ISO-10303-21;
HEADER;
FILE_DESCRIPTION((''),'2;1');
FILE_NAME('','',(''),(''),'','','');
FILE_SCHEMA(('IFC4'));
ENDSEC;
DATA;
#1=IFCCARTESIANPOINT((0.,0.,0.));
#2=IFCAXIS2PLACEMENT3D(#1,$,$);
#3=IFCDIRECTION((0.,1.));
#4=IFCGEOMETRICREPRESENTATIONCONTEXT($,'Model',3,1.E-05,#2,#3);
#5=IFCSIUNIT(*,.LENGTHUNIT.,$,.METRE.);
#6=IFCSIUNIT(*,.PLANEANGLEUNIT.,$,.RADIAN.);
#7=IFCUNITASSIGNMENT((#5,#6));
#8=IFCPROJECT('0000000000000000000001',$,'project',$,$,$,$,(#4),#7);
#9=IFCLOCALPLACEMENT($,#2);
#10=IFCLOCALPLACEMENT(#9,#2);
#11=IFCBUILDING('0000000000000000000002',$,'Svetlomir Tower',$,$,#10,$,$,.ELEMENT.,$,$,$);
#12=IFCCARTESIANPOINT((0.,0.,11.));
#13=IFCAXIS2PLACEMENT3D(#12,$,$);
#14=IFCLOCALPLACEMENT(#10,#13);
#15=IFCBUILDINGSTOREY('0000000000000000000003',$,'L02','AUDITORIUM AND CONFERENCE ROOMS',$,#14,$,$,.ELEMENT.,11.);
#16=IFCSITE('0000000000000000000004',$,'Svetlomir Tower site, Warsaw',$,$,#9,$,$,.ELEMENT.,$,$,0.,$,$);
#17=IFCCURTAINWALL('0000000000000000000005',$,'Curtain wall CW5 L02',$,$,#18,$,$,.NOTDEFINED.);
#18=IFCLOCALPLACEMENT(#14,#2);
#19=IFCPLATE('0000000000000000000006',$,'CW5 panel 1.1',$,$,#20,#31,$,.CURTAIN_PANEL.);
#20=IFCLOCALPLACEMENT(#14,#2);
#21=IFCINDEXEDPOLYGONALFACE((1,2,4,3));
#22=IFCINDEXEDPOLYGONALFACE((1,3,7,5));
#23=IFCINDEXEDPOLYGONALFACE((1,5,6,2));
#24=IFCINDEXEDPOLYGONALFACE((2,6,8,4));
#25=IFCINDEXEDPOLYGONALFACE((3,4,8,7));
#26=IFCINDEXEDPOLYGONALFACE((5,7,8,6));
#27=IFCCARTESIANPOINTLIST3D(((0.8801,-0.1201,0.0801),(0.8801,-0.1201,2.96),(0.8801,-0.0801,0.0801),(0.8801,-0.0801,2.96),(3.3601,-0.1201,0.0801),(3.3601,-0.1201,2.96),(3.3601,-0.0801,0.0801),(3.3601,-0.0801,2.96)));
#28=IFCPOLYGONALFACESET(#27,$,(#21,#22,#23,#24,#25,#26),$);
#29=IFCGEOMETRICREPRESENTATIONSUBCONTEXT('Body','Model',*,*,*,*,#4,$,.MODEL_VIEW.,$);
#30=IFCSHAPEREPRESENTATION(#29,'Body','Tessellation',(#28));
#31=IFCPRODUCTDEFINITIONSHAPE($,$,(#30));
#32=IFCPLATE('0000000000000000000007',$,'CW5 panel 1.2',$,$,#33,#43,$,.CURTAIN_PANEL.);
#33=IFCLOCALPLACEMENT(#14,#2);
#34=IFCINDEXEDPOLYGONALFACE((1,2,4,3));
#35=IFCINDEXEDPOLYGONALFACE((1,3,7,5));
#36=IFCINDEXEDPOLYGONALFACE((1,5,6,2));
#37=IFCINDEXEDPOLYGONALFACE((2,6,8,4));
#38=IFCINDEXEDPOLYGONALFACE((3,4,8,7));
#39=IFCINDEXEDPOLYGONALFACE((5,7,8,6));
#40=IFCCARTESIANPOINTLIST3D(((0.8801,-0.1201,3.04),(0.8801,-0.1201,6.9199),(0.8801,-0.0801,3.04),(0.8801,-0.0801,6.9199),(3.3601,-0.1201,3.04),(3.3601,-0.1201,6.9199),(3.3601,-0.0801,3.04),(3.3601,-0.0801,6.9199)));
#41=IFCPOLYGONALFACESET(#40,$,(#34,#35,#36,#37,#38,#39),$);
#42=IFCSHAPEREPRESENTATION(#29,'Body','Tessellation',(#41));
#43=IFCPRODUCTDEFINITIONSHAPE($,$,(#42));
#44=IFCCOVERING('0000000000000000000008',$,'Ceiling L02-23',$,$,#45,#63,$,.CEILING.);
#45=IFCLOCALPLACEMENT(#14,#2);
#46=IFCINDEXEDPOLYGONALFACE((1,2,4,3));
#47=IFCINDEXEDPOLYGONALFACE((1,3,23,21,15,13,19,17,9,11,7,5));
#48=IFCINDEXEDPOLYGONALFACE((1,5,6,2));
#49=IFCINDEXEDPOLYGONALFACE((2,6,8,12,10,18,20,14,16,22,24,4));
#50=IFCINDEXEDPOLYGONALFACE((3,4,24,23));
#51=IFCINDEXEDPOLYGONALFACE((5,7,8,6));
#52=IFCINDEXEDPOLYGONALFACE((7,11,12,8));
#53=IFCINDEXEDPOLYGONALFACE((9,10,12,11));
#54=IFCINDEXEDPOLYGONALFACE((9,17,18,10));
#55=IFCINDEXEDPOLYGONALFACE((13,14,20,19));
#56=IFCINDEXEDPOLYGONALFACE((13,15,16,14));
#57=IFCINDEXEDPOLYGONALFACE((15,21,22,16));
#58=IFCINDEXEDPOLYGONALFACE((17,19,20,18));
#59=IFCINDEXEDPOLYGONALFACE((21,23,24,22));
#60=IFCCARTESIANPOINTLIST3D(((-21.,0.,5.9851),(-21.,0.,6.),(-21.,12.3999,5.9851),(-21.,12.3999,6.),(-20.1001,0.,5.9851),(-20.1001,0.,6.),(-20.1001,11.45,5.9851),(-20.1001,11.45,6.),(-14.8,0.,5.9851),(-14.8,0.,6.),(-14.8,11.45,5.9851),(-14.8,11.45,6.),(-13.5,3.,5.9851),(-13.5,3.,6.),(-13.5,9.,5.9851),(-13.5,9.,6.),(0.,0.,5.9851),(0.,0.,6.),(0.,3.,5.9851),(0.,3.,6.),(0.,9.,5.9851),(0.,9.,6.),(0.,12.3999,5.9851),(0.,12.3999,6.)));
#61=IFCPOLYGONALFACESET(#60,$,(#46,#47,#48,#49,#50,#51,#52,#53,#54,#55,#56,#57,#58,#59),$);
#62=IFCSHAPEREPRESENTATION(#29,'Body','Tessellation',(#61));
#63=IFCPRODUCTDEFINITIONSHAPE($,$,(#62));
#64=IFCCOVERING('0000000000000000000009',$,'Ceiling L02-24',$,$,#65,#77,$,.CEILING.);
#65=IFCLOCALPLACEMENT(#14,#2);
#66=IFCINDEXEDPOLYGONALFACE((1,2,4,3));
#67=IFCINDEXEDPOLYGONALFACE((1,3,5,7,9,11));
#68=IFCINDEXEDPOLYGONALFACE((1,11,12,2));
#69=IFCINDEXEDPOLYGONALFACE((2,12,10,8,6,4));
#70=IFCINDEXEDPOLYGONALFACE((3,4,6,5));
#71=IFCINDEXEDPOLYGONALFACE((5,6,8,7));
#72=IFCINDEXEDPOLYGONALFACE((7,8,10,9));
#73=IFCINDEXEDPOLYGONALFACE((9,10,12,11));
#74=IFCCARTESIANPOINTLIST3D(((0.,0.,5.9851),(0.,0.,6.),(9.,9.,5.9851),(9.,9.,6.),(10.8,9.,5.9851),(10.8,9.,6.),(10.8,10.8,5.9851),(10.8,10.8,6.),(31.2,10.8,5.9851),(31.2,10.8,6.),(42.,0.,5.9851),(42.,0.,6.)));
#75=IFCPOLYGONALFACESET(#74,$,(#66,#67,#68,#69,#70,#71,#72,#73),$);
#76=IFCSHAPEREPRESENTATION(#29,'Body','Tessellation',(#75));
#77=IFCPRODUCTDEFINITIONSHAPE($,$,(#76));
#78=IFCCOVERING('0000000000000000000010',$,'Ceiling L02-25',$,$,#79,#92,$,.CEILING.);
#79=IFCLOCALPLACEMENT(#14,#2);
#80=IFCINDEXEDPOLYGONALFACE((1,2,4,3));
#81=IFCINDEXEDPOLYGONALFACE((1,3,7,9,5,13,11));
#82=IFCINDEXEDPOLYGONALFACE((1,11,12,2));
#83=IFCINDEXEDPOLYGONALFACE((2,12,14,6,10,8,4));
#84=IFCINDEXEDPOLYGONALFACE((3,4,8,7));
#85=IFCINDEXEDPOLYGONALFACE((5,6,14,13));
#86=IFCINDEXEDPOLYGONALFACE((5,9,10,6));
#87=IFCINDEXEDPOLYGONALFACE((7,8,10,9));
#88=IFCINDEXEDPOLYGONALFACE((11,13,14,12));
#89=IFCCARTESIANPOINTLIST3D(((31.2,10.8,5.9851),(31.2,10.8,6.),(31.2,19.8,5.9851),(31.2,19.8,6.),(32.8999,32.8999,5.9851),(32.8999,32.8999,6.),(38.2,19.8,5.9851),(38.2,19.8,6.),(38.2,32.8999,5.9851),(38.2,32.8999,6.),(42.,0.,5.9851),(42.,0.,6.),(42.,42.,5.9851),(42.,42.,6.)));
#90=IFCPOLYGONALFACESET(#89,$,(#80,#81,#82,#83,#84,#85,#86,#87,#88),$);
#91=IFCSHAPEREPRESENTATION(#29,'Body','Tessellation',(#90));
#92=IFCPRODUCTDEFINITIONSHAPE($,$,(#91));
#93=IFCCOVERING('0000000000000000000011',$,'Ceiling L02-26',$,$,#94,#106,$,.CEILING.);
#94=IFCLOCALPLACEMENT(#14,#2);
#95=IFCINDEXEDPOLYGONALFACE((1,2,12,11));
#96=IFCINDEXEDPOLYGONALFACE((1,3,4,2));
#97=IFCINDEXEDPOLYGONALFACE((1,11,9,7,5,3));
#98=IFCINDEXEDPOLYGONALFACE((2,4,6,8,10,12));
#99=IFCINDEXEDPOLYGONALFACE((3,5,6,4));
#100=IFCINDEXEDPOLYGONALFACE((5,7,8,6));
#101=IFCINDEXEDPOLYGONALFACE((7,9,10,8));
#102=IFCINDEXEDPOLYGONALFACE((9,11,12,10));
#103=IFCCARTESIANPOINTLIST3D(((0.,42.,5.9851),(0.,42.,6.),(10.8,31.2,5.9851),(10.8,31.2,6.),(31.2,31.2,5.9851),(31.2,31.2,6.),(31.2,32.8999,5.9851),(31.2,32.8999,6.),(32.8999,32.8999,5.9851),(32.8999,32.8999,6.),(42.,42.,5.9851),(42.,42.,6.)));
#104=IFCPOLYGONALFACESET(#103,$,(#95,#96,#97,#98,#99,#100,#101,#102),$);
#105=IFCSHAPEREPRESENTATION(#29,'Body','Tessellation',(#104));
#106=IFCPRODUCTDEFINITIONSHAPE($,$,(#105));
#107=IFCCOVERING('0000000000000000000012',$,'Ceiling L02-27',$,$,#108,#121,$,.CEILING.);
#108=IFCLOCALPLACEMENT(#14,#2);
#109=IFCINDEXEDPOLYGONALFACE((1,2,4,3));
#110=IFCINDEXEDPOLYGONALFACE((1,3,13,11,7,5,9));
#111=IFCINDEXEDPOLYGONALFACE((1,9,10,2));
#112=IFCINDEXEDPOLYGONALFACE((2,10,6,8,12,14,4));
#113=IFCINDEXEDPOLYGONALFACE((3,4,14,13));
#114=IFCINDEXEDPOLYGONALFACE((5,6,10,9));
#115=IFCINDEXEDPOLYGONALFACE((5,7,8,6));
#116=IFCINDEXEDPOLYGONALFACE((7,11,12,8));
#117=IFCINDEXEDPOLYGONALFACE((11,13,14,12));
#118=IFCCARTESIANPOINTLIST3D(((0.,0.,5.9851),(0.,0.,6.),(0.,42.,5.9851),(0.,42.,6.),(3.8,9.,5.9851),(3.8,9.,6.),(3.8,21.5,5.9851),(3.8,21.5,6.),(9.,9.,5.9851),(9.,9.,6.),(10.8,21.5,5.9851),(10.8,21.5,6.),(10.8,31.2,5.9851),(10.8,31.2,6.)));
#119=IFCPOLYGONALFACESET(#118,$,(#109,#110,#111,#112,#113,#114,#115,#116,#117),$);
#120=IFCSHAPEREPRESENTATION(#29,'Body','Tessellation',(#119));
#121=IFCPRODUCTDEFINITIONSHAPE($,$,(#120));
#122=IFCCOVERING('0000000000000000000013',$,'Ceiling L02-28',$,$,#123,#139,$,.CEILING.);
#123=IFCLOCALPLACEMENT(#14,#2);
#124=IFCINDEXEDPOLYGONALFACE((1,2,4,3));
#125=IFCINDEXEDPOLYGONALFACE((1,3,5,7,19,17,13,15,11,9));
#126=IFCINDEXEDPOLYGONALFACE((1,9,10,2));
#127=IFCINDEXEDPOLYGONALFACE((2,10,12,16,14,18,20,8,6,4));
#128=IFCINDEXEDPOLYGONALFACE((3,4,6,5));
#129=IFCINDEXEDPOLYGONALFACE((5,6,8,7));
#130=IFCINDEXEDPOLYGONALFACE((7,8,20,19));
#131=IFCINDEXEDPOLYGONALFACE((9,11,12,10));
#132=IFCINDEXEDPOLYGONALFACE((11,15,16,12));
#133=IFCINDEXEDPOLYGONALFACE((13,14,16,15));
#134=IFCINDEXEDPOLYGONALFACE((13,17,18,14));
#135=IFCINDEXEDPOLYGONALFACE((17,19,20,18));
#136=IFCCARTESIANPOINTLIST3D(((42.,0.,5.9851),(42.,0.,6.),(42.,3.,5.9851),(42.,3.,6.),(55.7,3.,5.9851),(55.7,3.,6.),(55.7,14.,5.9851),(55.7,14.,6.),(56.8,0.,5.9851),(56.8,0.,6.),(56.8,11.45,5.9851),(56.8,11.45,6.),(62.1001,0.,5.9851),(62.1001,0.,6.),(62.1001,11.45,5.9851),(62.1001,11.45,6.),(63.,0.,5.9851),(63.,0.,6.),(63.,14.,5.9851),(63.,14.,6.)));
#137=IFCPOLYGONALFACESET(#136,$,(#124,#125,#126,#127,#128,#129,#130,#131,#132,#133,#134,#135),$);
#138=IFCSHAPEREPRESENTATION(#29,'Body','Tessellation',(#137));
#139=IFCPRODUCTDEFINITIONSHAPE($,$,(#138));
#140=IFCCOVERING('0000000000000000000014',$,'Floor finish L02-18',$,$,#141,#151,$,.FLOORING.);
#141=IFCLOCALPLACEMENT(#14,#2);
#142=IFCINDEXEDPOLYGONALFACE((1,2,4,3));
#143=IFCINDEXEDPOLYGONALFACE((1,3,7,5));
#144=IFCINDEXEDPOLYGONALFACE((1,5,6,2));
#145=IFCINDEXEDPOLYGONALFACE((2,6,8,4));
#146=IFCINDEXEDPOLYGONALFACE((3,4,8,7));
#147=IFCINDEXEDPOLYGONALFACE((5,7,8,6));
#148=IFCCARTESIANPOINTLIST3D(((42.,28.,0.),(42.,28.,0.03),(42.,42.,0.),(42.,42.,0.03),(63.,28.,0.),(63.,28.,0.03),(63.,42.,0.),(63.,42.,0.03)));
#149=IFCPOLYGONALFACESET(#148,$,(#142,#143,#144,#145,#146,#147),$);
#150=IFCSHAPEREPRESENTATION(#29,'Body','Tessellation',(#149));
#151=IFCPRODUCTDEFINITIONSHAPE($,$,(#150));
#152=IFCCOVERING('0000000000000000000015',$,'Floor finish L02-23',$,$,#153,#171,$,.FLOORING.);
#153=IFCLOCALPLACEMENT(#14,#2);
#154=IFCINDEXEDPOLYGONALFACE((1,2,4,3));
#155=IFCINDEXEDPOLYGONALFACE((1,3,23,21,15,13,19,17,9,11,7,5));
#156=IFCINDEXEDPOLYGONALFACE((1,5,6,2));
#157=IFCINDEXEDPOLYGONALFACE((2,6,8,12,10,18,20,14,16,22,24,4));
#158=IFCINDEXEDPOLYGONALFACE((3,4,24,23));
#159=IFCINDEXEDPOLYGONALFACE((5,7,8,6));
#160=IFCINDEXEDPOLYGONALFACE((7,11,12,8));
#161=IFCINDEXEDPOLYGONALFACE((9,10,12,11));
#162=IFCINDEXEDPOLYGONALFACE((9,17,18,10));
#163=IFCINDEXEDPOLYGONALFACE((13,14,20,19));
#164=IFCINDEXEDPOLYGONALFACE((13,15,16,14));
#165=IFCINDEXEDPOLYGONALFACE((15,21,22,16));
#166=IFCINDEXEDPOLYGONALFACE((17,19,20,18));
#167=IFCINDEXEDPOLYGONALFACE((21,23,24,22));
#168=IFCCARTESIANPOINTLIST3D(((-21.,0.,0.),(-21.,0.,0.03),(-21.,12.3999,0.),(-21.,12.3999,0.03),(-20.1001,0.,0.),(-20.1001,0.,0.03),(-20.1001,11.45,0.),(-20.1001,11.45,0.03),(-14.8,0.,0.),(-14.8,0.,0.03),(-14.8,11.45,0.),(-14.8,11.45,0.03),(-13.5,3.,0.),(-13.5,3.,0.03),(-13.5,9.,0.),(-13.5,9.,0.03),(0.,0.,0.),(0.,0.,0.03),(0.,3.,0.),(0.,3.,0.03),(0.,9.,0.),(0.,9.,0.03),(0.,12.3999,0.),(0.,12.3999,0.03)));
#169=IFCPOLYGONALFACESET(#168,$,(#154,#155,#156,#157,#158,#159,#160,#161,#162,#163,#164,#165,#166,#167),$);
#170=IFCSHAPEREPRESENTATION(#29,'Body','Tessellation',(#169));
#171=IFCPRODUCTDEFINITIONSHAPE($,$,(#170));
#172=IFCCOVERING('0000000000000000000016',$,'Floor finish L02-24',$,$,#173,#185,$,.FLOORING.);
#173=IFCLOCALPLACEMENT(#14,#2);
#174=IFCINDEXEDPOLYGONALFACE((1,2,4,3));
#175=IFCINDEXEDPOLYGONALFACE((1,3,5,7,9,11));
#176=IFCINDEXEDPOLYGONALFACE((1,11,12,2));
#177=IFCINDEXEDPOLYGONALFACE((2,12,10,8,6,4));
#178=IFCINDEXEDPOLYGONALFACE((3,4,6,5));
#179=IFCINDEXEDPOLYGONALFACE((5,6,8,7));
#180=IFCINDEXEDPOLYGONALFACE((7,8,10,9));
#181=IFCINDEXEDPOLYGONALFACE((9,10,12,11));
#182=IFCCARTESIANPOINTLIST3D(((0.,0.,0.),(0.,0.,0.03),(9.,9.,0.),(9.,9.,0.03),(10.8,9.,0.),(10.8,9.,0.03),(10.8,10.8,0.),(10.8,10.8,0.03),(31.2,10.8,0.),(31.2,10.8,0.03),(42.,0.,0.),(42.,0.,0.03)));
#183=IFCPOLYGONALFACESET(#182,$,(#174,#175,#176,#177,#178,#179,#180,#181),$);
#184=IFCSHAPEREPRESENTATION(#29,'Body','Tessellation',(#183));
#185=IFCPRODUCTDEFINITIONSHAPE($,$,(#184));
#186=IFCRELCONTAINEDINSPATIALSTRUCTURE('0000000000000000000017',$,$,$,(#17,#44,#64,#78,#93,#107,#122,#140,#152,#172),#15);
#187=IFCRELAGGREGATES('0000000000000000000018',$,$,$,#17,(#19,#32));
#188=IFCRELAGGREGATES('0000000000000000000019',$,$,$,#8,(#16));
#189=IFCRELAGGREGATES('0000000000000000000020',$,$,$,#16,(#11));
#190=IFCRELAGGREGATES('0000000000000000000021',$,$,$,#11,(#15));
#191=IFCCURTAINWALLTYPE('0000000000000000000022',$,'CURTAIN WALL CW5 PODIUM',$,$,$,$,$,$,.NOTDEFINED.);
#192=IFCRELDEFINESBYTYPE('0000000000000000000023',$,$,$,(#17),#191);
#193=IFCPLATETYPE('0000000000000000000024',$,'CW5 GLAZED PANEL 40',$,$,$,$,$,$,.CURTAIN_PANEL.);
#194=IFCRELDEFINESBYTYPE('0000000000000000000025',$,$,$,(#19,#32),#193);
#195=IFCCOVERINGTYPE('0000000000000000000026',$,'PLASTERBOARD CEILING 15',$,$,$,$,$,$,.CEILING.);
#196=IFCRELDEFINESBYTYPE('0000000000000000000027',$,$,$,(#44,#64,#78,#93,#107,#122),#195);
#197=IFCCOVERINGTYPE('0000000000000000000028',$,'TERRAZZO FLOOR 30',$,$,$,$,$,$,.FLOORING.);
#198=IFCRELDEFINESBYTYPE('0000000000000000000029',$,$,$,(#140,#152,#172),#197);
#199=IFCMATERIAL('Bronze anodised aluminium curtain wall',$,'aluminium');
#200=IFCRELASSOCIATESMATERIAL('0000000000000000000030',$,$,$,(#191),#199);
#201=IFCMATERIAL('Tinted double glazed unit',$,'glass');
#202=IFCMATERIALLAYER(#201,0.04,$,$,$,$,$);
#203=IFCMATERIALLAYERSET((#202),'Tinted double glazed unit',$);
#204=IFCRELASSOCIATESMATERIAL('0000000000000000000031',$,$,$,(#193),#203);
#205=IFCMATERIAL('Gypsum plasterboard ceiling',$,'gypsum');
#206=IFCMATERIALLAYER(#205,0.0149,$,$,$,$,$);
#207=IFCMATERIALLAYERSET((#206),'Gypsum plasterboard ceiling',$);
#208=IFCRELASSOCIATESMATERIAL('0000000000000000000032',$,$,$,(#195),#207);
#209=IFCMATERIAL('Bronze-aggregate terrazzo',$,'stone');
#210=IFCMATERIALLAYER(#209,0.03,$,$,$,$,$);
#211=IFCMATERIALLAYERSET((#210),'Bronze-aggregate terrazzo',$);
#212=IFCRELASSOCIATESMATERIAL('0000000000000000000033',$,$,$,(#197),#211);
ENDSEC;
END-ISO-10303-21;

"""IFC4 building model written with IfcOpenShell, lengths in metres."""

from ifc_helpers import new_model, si_unit, direction, frame, origin, origin_2d, place, context, subcontext, project, spatial, polyline, rectangle, outline, extrude, material, layer, layer_set, type_object, element, aggregate, save


model = new_model("IFC4")

# Units and contexts
model_context = context("Model", 3, precision=1e-05, world=origin(), true_north=direction((0.0, 1.0)))
body_context = subcontext(model_context, "Body", "Model", "MODEL_VIEW")
ifc_project = project(units=[si_unit("LENGTHUNIT", "METRE"), si_unit("PLANEANGLEUNIT", "RADIAN")], contexts=[model_context])

# Site, building, storey
site_placement = place(None, origin())
site = spatial("IfcSite", under=ifc_project, at=site_placement, Name="Svetlomir Tower site, Warsaw", CompositionType="ELEMENT", RefElevation=0.0)
building_placement = place(site_placement, origin())
building = spatial("IfcBuilding", under=site, at=building_placement, Name="Svetlomir Tower", CompositionType="ELEMENT")
storey_placement = place(building_placement, frame((0.0, 0.0, 11.0)))
storey = spatial("IfcBuildingStorey", under=building, at=storey_placement, Name="L02", Description="AUDITORIUM AND CONFERENCE ROOMS", CompositionType="ELEMENT", Elevation=11.0)

# Curtain wall
ifc_material_1 = material(Name="Bronze anodised aluminium curtain wall", Category="aluminium")
curtain_wall_type = type_object("IfcCurtainWallType", Name="CURTAIN WALL CW5 PODIUM", PredefinedType="NOTDEFINED", material=ifc_material_1)
curtain_wall_placement = place(storey_placement, origin())
curtain_wall = element("IfcCurtainWall", 1, at=curtain_wall_placement, inside=storey, type_object=curtain_wall_type, Name="Curtain wall CW5 L02", PredefinedType="NOTDEFINED")

# Plates
ifc_material_2 = material(Name="Tinted double glazed unit", Category="glass")
ifc_layer_1 = layer(ifc_material_2, 0.04)
ifc_layer_set_1 = layer_set([ifc_layer_1], Name="Tinted double glazed unit")
plate_type = type_object("IfcPlateType", Name="CW5 GLAZED PANEL 40", PredefinedType="CURTAIN_PANEL", material=ifc_layer_set_1)
plate_1_placement = place(storey_placement, frame((2.1201, -0.1001, 0.0801), z_axis=(0.0, 0.0, 1.0), x_axis=(1.0, 0.0, 0.0)))
plate_1 = element("IfcPlate", 2, at=plate_1_placement, type_object=plate_type, Name="CW5 panel 1.1", PredefinedType="CURTAIN_PANEL", context=body_context, shape_type="SweptSolid", body=[
    extrude(rectangle(XDim=2.48, YDim=0.04, at=origin_2d()), origin(), (0.0, 0.0, 1.0), 2.8799),
])
plate_2_placement = place(storey_placement, frame((2.1201, -0.1001, 3.04), z_axis=(0.0, 0.0, 1.0), x_axis=(1.0, 0.0, 0.0)))
plate_2 = element("IfcPlate", 3, at=plate_2_placement, type_object=plate_type, Name="CW5 panel 1.2", PredefinedType="CURTAIN_PANEL", context=body_context, shape_type="SweptSolid", body=[
    extrude(rectangle(XDim=2.48, YDim=0.04, at=origin_2d()), origin(), (0.0, 0.0, 1.0), 3.8799),
])
aggregate(curtain_wall, [plate_1, plate_2])

# Coverings
ifc_material_3 = material(Name="Gypsum plasterboard ceiling", Category="gypsum")
ifc_layer_2 = layer(ifc_material_3, 0.0149)
ifc_layer_set_2 = layer_set([ifc_layer_2], Name="Gypsum plasterboard ceiling")
covering_type_1 = type_object("IfcCoveringType", Name="PLASTERBOARD CEILING 15", PredefinedType="CEILING", material=ifc_layer_set_2)
covering_1_placement = place(storey_placement, frame((0.0, 0.0, 5.9851)))
element("IfcCovering", 4, at=covering_1_placement, inside=storey, type_object=covering_type_1, Name="Ceiling L02-23", PredefinedType="CEILING", context=body_context, shape_type="SweptSolid", body=[
    extrude(outline(polyline([(-21.0, 0.0), (-21.0, 12.3999), (0.0, 12.3999), (0.0, 9.0), (-13.5, 9.0), (-13.5, 3.0), (0.0, 3.0), (0.0, 0.0), (-14.8, 0.0), (-14.8, 11.45), (-20.1001, 11.45), (-20.1001, 0.0), (-21.0, 0.0)])), origin(), (0.0, 0.0, 1.0), 0.0149),
])
covering_2_placement = place(storey_placement, frame((0.0, 0.0, 5.9851)))
element("IfcCovering", 5, at=covering_2_placement, inside=storey, type_object=covering_type_1, Name="Ceiling L02-24", PredefinedType="CEILING", context=body_context, shape_type="SweptSolid", body=[
    extrude(outline(polyline([(0.0, 0.0), (9.0, 9.0), (10.8, 9.0), (10.8, 10.8), (31.2, 10.8), (42.0, 0.0), (0.0, 0.0)])), origin(), (0.0, 0.0, 1.0), 0.0149),
])
covering_3_placement = place(storey_placement, frame((0.0, 0.0, 5.9851)))
element("IfcCovering", 6, at=covering_3_placement, inside=storey, type_object=covering_type_1, Name="Ceiling L02-25", PredefinedType="CEILING", context=body_context, shape_type="SweptSolid", body=[
    extrude(outline(polyline([(42.0, 0.0), (31.2, 10.8), (31.2, 19.8), (38.2, 19.8), (38.2, 32.8999), (32.8999, 32.8999), (42.0, 42.0), (42.0, 0.0)])), origin(), (0.0, 0.0, 1.0), 0.0149),
])
covering_4_placement = place(storey_placement, frame((0.0, 0.0, 5.9851)))
element("IfcCovering", 7, at=covering_4_placement, inside=storey, type_object=covering_type_1, Name="Ceiling L02-26", PredefinedType="CEILING", context=body_context, shape_type="SweptSolid", body=[
    extrude(outline(polyline([(42.0, 42.0), (32.8999, 32.8999), (31.2, 32.8999), (31.2, 31.2), (10.8, 31.2), (0.0, 42.0), (42.0, 42.0)])), origin(), (0.0, 0.0, 1.0), 0.0149),
])
covering_5_placement = place(storey_placement, frame((0.0, 0.0, 5.9851)))
element("IfcCovering", 8, at=covering_5_placement, inside=storey, type_object=covering_type_1, Name="Ceiling L02-27", PredefinedType="CEILING", context=body_context, shape_type="SweptSolid", body=[
    extrude(outline(polyline([(0.0, 42.0), (10.8, 31.2), (10.8, 21.5), (3.8, 21.5), (3.8, 9.0), (9.0, 9.0), (0.0, 0.0), (0.0, 42.0)])), origin(), (0.0, 0.0, 1.0), 0.0149),
])
covering_6_placement = place(storey_placement, frame((0.0, 0.0, 5.9851)))
element("IfcCovering", 9, at=covering_6_placement, inside=storey, type_object=covering_type_1, Name="Ceiling L02-28", PredefinedType="CEILING", context=body_context, shape_type="SweptSolid", body=[
    extrude(outline(polyline([(42.0, 3.0), (55.7, 3.0), (55.7, 14.0), (63.0, 14.0), (63.0, 0.0), (62.1001, 0.0), (62.1001, 11.45), (56.8, 11.45), (56.8, 0.0), (42.0, 0.0), (42.0, 3.0)])), origin(), (0.0, 0.0, 1.0), 0.0149),
])
ifc_material_4 = material(Name="Bronze-aggregate terrazzo", Category="stone")
ifc_layer_3 = layer(ifc_material_4, 0.03)
ifc_layer_set_3 = layer_set([ifc_layer_3], Name="Bronze-aggregate terrazzo")
covering_type_2 = type_object("IfcCoveringType", Name="TERRAZZO FLOOR 30", PredefinedType="FLOORING", material=ifc_layer_set_3)
covering_7_placement = place(storey_placement, origin())
element("IfcCovering", 10, at=covering_7_placement, inside=storey, type_object=covering_type_2, Name="Floor finish L02-18", PredefinedType="FLOORING", context=body_context, shape_type="SweptSolid", body=[
    extrude(outline(polyline([(42.0, 28.0), (63.0, 28.0), (63.0, 42.0), (42.0, 42.0), (42.0, 28.0)])), origin(), (0.0, 0.0, 1.0), 0.03),
])
covering_8_placement = place(storey_placement, origin())
element("IfcCovering", 11, at=covering_8_placement, inside=storey, type_object=covering_type_2, Name="Floor finish L02-23", PredefinedType="FLOORING", context=body_context, shape_type="SweptSolid", body=[
    extrude(outline(polyline([(-21.0, 0.0), (-21.0, 12.3999), (0.0, 12.3999), (0.0, 9.0), (-13.5, 9.0), (-13.5, 3.0), (0.0, 3.0), (0.0, 0.0), (-14.8, 0.0), (-14.8, 11.45), (-20.1001, 11.45), (-20.1001, 0.0), (-21.0, 0.0)])), origin(), (0.0, 0.0, 1.0), 0.03),
])
covering_9_placement = place(storey_placement, origin())
element("IfcCovering", 12, at=covering_9_placement, inside=storey, type_object=covering_type_2, Name="Floor finish L02-24", PredefinedType="FLOORING", context=body_context, shape_type="SweptSolid", body=[
    extrude(outline(polyline([(0.0, 0.0), (9.0, 9.0), (10.8, 9.0), (10.8, 10.8), (31.2, 10.8), (42.0, 0.0), (0.0, 0.0)])), origin(), (0.0, 0.0, 1.0), 0.03),
])

save(model, "model.ifc")
